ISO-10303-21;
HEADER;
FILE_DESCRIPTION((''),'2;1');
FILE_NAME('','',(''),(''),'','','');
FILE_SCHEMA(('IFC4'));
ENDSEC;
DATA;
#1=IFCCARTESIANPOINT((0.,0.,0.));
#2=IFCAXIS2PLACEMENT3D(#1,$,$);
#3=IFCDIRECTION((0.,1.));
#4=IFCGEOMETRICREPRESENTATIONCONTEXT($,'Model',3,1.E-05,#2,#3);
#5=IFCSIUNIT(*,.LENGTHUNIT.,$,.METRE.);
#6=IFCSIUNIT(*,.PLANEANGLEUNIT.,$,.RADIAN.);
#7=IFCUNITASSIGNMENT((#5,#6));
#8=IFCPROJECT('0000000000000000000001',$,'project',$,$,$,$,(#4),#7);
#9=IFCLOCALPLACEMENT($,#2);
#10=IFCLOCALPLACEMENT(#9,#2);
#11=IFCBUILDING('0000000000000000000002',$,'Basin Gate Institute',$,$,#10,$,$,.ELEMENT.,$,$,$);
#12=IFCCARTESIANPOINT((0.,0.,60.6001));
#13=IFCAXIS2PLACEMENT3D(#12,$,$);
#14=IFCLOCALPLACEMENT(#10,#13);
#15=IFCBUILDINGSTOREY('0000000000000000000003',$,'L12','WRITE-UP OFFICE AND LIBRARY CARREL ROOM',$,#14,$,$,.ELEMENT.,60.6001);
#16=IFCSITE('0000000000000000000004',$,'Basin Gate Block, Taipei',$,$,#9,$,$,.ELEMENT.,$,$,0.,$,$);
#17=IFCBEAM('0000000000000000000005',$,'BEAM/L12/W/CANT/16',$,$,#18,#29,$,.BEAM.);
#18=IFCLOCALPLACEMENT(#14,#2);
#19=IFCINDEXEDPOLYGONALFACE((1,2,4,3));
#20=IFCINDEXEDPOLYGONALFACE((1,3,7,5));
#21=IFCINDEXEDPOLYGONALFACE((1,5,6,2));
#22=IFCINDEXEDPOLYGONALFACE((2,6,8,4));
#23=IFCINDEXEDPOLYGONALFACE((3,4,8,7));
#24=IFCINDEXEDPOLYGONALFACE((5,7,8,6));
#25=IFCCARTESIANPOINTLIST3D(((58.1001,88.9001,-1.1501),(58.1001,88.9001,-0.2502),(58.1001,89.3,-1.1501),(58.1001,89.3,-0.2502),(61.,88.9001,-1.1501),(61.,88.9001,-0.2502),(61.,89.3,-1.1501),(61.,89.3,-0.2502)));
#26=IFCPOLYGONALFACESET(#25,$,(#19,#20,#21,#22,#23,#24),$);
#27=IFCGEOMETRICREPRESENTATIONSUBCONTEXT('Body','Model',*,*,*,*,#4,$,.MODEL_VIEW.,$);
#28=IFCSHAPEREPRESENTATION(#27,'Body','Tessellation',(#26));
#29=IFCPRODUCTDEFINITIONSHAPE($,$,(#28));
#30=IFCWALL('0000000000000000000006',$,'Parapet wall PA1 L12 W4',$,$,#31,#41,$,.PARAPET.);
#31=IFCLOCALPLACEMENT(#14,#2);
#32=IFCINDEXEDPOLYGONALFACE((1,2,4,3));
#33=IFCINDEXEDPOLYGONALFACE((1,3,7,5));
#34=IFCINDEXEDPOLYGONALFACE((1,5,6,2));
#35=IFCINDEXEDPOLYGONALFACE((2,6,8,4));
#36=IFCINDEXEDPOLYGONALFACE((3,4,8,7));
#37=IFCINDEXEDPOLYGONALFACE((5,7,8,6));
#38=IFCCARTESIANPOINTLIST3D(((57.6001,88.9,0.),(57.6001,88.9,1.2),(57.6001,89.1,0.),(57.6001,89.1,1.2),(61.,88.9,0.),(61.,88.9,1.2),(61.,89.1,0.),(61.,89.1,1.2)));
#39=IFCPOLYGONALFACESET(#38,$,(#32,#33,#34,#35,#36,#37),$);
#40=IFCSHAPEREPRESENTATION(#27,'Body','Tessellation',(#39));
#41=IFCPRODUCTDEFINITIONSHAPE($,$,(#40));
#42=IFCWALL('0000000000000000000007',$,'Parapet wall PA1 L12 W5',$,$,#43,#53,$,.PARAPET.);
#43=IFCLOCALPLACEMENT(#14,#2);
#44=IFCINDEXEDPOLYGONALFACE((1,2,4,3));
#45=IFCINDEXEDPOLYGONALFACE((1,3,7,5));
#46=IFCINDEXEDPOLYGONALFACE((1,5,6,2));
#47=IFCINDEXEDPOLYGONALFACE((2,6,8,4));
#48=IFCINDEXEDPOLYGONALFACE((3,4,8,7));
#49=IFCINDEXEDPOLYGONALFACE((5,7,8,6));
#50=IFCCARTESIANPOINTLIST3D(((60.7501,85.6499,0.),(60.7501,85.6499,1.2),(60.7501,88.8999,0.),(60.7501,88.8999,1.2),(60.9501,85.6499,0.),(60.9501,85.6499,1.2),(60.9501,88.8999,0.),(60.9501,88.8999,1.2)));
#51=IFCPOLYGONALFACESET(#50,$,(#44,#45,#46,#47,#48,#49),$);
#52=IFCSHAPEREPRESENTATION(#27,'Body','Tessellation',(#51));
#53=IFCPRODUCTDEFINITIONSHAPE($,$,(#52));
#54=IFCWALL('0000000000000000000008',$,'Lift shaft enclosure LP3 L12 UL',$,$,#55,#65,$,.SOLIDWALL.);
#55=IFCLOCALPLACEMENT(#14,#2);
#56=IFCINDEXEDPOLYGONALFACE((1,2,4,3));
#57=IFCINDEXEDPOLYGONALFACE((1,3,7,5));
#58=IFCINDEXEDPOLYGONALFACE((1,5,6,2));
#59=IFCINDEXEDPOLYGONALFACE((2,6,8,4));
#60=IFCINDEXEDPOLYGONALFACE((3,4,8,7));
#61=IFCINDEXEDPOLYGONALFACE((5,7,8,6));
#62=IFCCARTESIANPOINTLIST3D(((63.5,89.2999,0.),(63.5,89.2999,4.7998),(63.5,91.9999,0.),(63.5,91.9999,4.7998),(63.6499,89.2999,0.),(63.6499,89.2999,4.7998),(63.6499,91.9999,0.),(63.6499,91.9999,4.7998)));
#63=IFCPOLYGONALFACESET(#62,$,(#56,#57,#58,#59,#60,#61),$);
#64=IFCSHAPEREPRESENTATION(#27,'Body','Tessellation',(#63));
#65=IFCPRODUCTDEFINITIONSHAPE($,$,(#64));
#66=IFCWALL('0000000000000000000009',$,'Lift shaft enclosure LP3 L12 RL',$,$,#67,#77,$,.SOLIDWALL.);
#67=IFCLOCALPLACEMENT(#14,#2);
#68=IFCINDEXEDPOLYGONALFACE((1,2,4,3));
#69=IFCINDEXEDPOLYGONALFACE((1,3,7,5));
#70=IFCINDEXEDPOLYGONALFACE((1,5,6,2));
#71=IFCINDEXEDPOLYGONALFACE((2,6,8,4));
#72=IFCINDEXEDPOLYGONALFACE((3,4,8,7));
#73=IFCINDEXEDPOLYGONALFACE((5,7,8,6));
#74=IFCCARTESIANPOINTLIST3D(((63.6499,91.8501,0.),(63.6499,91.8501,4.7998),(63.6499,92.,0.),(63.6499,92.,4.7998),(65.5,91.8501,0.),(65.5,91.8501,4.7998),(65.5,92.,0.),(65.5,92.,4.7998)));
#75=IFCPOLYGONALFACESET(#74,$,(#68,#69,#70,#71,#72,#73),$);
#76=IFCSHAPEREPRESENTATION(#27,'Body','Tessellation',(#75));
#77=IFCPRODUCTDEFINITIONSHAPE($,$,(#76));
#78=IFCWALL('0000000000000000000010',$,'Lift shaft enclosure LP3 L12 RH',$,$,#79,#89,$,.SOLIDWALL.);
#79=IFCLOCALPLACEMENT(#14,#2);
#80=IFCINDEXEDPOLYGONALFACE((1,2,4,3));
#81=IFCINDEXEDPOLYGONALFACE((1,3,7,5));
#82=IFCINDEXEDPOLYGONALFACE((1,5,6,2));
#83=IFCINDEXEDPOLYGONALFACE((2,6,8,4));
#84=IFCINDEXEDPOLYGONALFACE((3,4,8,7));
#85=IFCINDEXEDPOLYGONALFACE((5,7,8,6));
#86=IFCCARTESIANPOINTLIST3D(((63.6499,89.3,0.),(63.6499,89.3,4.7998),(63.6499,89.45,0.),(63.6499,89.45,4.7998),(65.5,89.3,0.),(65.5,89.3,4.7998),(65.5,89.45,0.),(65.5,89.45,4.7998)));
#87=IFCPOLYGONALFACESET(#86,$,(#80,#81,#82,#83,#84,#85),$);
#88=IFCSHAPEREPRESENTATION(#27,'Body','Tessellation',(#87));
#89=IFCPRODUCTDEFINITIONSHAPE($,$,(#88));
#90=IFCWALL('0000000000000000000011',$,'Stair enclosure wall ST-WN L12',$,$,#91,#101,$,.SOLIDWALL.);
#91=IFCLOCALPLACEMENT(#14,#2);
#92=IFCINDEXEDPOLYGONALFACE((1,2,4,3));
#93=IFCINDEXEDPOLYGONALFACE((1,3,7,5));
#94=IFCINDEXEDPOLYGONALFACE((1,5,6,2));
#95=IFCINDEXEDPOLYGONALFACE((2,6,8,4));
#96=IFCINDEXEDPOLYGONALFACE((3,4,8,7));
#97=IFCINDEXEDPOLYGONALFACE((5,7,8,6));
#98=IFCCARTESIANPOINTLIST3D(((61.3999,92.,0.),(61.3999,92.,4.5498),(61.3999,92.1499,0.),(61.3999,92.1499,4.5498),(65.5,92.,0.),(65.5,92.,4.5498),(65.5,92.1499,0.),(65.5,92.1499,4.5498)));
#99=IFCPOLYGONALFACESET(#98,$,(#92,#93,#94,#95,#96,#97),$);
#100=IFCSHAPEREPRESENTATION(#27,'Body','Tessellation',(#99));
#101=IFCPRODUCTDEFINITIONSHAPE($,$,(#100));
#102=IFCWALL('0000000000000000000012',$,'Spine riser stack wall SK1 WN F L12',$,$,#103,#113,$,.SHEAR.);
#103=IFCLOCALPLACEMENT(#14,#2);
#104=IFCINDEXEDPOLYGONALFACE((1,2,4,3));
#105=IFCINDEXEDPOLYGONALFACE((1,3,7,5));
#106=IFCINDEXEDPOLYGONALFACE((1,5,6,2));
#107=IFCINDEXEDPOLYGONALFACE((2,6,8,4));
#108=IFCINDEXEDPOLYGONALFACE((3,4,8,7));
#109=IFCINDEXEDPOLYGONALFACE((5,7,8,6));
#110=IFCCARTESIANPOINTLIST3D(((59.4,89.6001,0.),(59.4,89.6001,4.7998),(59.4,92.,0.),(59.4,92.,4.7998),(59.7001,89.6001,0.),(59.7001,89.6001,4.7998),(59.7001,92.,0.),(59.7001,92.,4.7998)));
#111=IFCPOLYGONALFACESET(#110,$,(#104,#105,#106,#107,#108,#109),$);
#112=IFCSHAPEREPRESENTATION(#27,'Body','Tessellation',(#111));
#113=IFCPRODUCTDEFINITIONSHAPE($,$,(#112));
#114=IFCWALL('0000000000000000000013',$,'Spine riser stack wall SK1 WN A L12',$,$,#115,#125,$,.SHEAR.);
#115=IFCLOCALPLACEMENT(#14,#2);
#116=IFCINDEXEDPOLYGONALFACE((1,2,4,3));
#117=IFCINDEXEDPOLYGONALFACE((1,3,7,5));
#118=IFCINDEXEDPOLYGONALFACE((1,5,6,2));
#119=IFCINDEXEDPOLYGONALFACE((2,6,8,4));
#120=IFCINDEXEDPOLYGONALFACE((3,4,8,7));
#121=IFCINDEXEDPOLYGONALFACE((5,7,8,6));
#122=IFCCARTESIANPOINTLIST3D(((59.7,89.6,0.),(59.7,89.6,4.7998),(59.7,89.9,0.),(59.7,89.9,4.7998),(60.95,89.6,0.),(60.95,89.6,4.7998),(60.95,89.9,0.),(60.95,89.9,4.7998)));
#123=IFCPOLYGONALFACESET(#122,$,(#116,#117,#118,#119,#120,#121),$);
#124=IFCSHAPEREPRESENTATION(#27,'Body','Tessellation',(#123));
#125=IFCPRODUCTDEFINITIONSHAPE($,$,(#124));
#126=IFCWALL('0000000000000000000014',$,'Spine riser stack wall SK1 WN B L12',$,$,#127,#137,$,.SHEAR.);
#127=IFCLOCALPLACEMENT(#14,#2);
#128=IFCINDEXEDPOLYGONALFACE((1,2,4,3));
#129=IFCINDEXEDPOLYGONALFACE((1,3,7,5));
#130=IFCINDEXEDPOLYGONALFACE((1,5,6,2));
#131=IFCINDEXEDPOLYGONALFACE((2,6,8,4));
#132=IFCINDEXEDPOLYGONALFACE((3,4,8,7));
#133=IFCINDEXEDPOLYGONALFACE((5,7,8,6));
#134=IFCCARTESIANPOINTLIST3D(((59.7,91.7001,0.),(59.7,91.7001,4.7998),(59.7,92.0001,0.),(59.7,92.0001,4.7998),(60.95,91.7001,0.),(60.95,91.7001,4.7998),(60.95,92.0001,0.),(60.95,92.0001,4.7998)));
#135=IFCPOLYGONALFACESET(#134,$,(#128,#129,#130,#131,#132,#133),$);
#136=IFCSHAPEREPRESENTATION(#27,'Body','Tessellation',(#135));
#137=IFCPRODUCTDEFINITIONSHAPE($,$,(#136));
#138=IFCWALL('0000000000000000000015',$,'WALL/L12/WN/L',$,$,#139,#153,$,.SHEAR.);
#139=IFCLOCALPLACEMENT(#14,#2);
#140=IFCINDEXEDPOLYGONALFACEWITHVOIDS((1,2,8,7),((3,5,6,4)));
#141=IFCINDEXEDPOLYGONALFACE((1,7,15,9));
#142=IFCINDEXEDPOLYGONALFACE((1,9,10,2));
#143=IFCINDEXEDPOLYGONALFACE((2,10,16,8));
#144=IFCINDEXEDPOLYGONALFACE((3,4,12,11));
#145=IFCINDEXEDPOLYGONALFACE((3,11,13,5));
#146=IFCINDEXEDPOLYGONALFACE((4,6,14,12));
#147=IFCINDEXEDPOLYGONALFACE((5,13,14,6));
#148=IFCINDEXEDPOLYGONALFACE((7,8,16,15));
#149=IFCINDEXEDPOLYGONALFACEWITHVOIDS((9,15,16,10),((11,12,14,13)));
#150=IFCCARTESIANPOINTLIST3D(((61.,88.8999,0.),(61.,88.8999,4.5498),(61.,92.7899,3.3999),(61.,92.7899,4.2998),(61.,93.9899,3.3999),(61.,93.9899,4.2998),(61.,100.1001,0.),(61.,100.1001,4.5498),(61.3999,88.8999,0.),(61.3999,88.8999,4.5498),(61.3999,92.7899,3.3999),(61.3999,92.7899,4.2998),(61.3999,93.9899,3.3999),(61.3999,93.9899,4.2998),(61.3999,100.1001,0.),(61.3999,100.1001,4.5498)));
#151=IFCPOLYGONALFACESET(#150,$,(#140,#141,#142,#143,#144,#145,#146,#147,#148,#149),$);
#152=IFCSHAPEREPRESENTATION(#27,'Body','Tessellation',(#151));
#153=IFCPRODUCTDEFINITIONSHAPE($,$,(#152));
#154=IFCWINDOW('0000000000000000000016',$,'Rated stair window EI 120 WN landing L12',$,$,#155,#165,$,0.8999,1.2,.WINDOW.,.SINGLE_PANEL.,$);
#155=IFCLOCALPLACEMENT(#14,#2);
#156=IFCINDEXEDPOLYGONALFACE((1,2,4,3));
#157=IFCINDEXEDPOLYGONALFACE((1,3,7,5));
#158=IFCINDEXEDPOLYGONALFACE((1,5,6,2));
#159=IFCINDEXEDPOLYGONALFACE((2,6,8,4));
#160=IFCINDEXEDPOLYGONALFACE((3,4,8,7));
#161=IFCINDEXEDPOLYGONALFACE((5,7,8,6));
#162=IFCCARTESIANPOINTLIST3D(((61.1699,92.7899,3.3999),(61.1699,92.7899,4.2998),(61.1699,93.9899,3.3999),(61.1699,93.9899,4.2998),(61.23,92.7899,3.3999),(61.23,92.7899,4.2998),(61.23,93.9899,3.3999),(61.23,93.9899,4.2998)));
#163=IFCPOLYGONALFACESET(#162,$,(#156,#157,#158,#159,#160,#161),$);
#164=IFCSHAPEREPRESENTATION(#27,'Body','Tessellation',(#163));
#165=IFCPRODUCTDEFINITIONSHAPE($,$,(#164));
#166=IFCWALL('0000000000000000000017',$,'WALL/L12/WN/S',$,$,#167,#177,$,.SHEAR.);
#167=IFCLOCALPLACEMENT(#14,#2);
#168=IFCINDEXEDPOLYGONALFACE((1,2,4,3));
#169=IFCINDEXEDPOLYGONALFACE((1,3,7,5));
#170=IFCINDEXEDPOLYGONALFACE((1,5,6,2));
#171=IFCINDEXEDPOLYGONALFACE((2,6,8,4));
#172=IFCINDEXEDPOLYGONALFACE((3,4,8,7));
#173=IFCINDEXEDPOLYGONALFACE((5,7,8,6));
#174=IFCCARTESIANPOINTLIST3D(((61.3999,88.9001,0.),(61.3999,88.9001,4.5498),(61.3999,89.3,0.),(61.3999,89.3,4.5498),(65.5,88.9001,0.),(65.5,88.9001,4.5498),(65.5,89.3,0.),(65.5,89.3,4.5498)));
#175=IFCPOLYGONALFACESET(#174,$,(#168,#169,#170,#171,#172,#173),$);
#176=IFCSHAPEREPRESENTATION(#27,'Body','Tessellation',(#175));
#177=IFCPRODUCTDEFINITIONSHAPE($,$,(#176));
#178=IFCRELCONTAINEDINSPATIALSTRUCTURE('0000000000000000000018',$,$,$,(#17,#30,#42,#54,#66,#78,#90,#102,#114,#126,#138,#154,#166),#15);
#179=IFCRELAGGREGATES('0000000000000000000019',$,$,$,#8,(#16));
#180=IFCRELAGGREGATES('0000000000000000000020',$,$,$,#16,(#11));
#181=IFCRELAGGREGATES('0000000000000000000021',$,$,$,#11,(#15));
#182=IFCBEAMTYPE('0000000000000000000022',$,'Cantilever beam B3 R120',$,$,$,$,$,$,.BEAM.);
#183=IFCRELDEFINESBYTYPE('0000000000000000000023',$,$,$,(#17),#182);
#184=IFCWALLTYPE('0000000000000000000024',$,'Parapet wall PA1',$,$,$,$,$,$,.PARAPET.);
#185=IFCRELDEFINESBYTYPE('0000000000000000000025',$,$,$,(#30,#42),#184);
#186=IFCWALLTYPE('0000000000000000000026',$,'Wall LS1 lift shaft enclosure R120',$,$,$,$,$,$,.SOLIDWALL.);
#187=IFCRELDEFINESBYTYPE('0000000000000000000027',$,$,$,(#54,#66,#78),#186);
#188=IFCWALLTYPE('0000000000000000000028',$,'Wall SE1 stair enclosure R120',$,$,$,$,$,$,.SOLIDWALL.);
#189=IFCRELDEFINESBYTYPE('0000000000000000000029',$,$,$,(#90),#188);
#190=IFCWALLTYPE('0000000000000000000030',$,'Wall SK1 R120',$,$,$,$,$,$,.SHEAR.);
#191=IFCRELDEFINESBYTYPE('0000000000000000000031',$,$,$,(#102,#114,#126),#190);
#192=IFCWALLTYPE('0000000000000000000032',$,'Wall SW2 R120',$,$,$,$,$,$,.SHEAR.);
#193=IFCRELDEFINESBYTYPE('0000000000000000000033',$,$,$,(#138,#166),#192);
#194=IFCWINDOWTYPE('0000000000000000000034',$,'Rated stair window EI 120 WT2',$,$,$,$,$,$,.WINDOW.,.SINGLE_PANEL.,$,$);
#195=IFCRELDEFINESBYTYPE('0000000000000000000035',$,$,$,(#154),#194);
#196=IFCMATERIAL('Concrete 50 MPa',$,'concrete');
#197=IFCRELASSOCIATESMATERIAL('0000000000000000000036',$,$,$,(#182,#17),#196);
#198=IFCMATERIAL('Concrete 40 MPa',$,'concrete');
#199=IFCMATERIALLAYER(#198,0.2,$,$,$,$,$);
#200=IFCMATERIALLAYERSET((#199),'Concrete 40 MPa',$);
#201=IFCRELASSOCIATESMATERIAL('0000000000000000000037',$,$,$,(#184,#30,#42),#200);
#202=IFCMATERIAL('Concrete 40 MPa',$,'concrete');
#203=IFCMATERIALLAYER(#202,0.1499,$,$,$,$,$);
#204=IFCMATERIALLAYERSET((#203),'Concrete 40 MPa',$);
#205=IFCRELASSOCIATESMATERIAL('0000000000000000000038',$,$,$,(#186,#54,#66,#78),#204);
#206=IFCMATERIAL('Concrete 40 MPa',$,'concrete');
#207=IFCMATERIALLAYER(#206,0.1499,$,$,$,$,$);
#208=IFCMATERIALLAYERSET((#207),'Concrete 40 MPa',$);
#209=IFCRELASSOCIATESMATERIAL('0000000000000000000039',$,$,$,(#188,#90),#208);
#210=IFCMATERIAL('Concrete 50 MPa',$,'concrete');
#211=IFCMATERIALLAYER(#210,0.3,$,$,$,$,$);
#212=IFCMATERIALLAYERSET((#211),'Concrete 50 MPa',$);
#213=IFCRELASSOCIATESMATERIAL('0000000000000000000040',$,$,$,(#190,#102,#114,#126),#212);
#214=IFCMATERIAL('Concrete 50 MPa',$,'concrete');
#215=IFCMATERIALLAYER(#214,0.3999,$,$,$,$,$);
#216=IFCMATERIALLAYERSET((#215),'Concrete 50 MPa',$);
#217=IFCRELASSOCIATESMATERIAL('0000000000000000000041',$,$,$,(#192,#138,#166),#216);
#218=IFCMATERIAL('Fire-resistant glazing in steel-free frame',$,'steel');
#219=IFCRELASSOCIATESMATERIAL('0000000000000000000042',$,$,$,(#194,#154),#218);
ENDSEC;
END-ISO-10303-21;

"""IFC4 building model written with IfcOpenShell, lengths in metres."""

from ifc_helpers import new_model, si_unit, direction, frame, frame_2d, origin, origin_2d, place, context, subcontext, project, spatial, rectangle, extrude, material, layer, layer_set, material_profile, profile_set, type_object, element, fill, save


model = new_model("IFC4")

# Units and contexts
model_context = context("Model", 3, precision=1e-05, world=origin(), true_north=direction((0.0, 1.0)))
body_context = subcontext(model_context, "Body", "Model", "MODEL_VIEW")
ifc_project = project(units=[si_unit("LENGTHUNIT", "METRE"), si_unit("PLANEANGLEUNIT", "RADIAN")], contexts=[model_context])

# Site, building, storey
site_placement = place(None, origin())
site = spatial("IfcSite", under=ifc_project, at=site_placement, Name="Basin Gate Block, Taipei", CompositionType="ELEMENT", RefElevation=0.0)
building_placement = place(site_placement, origin())
building = spatial("IfcBuilding", under=site, at=building_placement, Name="Basin Gate Institute", CompositionType="ELEMENT")
storey_placement = place(building_placement, frame((0.0, 0.0, 60.6001)))
storey = spatial("IfcBuildingStorey", under=building, at=storey_placement, Name="L12", Description="WRITE-UP OFFICE AND LIBRARY CARREL ROOM", CompositionType="ELEMENT", Elevation=60.6001)

# Beam
ifc_material_1 = material(Name="Concrete 50 MPa", Category="concrete")
ifc_material_profile = material_profile(ifc_material_1, rectangle(XDim=0.3999, YDim=0.8999, at=origin_2d()), Name="Cantilever beam B3 400 x 900")
ifc_profile_set = profile_set([ifc_material_profile], Name="Concrete 50 MPa")
beam_type = type_object("IfcBeamType", Name="Cantilever beam B3 R120", PredefinedType="BEAM", material=ifc_profile_set)
beam_placement = place(storey_placement, frame((58.1001, 89.1001, -0.7002), z_axis=(1.0, 0.0, 0.0), x_axis=(0.0, 1.0, 0.0)))
element("IfcBeam", 1, at=beam_placement, inside=storey, type_object=beam_type, material=ifc_profile_set, Name="BEAM/L12/W/CANT/16", PredefinedType="BEAM", context=body_context, shape_type="SweptSolid", body=[
    extrude(rectangle(XDim=0.3999, YDim=0.8999, at=origin_2d()), origin(), (0.0, 0.0, 1.0), 2.8999),
])

# Walls
ifc_material_2 = material(Name="Concrete 40 MPa", Category="concrete")
ifc_layer_1 = layer(ifc_material_2, 0.2)
ifc_layer_set_1 = layer_set([ifc_layer_1], Name="Concrete 40 MPa")
wall_type_1 = type_object("IfcWallType", Name="Parapet wall PA1", PredefinedType="PARAPET", material=ifc_layer_set_1)
wall_1_placement = place(storey_placement, frame((57.6001, 89.0, 0.0), z_axis=(0.0, 0.0, 1.0), x_axis=(1.0, 0.0, 0.0)))
element("IfcWall", 2, at=wall_1_placement, inside=storey, type_object=wall_type_1, material=ifc_layer_set_1, Name="Parapet wall PA1 L12 W4", PredefinedType="PARAPET", context=body_context, shape_type="SweptSolid", body=[
    extrude(rectangle(XDim=3.3999, YDim=0.2, at=frame_2d((1.7, 0.0))), origin(), (0.0, 0.0, 1.0), 1.2),
])
wall_2_placement = place(storey_placement, frame((60.8501, 88.8999, 0.0), z_axis=(0.0, 0.0, 1.0), x_axis=(0.0, -1.0, 0.0)))
element("IfcWall", 3, at=wall_2_placement, inside=storey, type_object=wall_type_1, material=ifc_layer_set_1, Name="Parapet wall PA1 L12 W5", PredefinedType="PARAPET", context=body_context, shape_type="SweptSolid", body=[
    extrude(rectangle(XDim=3.25, YDim=0.2, at=frame_2d((1.625, 0.0))), origin(), (0.0, 0.0, 1.0), 1.2),
])
ifc_material_3 = material(Name="Concrete 40 MPa", Category="concrete")
ifc_layer_2 = layer(ifc_material_3, 0.1499)
ifc_layer_set_2 = layer_set([ifc_layer_2], Name="Concrete 40 MPa")
wall_type_2 = type_object("IfcWallType", Name="Wall LS1 lift shaft enclosure R120", PredefinedType="SOLIDWALL", material=ifc_layer_set_2)
wall_3_placement = place(storey_placement, frame((63.575, 92.0, 0.0), z_axis=(0.0, 0.0, 1.0), x_axis=(0.0, -1.0, 0.0)))
element("IfcWall", 4, at=wall_3_placement, inside=storey, type_object=wall_type_2, material=ifc_layer_set_2, Name="Lift shaft enclosure LP3 L12 UL", PredefinedType="SOLIDWALL", context=body_context, shape_type="SweptSolid", body=[
    extrude(rectangle(XDim=2.7, YDim=0.1499, at=frame_2d((1.3501, 0.0))), origin(), (0.0, 0.0, 1.0), 4.7998),
])
for number, where, z_axis, x_axis, name in (
    (5, (63.6499, 91.925, 0.0), (0.0, 0.0, 1.0), (1.0, 0.0, 0.0), "Lift shaft enclosure LP3 L12 RL"),
    (6, (63.6499, 89.375, 0.0), (0.0, 0.0, 1.0), (1.0, 0.0, 0.0), "Lift shaft enclosure LP3 L12 RH"),
):
    element("IfcWall", number, at=place(storey_placement, frame(where, z_axis=z_axis, x_axis=x_axis)), inside=storey, type_object=wall_type_2, material=ifc_layer_set_2, Name=name, PredefinedType="SOLIDWALL", context=body_context, shape_type="SweptSolid", body=[
        extrude(rectangle(XDim=1.8501, YDim=0.1499, at=frame_2d((0.925, 0.0))), origin(), (0.0, 0.0, 1.0), 4.7998),
    ])
ifc_material_4 = material(Name="Concrete 40 MPa", Category="concrete")
ifc_layer_3 = layer(ifc_material_4, 0.1499)
ifc_layer_set_3 = layer_set([ifc_layer_3], Name="Concrete 40 MPa")
wall_type_3 = type_object("IfcWallType", Name="Wall SE1 stair enclosure R120", PredefinedType="SOLIDWALL", material=ifc_layer_set_3)
wall_4_placement = place(storey_placement, frame((61.3999, 92.075, 0.0), z_axis=(0.0, 0.0, 1.0), x_axis=(1.0, 0.0, 0.0)))
element("IfcWall", 7, at=wall_4_placement, inside=storey, type_object=wall_type_3, material=ifc_layer_set_3, Name="Stair enclosure wall ST-WN L12", PredefinedType="SOLIDWALL", context=body_context, shape_type="SweptSolid", body=[
    extrude(rectangle(XDim=4.1001, YDim=0.1499, at=frame_2d((2.05, 0.0))), origin(), (0.0, 0.0, 1.0), 4.5498),
])
ifc_material_5 = material(Name="Concrete 50 MPa", Category="concrete")
ifc_layer_4 = layer(ifc_material_5, 0.3)
ifc_layer_set_4 = layer_set([ifc_layer_4], Name="Concrete 50 MPa")
wall_type_4 = type_object("IfcWallType", Name="Wall SK1 R120", PredefinedType="SHEAR", material=ifc_layer_set_4)
wall_5_placement = place(storey_placement, frame((59.55, 89.6001, 0.0), z_axis=(0.0, 0.0, 1.0), x_axis=(0.0, 1.0, 0.0)))
element("IfcWall", 8, at=wall_5_placement, inside=storey, type_object=wall_type_4, material=ifc_layer_set_4, Name="Spine riser stack wall SK1 WN F L12", PredefinedType="SHEAR", context=body_context, shape_type="SweptSolid", body=[
    extrude(rectangle(XDim=2.3999, YDim=0.3, at=frame_2d((1.2, 0.0))), origin(), (0.0, 0.0, 1.0), 4.7998),
])
for number, where, z_axis, x_axis, name in (
    (9, (60.95, 89.75, 0.0), (0.0, 0.0, 1.0), (-1.0, 0.0, 0.0), "Spine riser stack wall SK1 WN A L12"),
    (10, (60.95, 91.8501, 0.0), (0.0, 0.0, 1.0), (-1.0, 0.0, 0.0), "Spine riser stack wall SK1 WN B L12"),
):
    element("IfcWall", number, at=place(storey_placement, frame(where, z_axis=z_axis, x_axis=x_axis)), inside=storey, type_object=wall_type_4, material=ifc_layer_set_4, Name=name, PredefinedType="SHEAR", context=body_context, shape_type="SweptSolid", body=[
        extrude(rectangle(XDim=1.25, YDim=0.3, at=frame_2d((0.625, 0.0))), origin(), (0.0, 0.0, 1.0), 4.7998),
    ])

# Wall, opening, window
ifc_material_6 = material(Name="Concrete 50 MPa", Category="concrete")
ifc_layer_5 = layer(ifc_material_6, 0.3999)
ifc_layer_set_5 = layer_set([ifc_layer_5], Name="Concrete 50 MPa")
wall_type_5 = type_object("IfcWallType", Name="Wall SW2 R120", PredefinedType="SHEAR", material=ifc_layer_set_5)
wall_6_placement = place(storey_placement, frame((61.2, 88.8999, 0.0), z_axis=(0.0, 0.0, 1.0), x_axis=(0.0, 1.0, 0.0)))
wall_6 = element("IfcWall", 11, at=wall_6_placement, inside=storey, type_object=wall_type_5, material=ifc_layer_set_5, Name="WALL/L12/WN/L", PredefinedType="SHEAR", context=body_context, shape_type="SweptSolid", body=[
    extrude(rectangle(XDim=11.2002, YDim=0.3999, at=frame_2d((5.6001, 0.0))), origin(), (0.0, 0.0, 1.0), 4.5498),
])
opening_1_placement = place(wall_6_placement, frame((3.8899, 0.0, 3.3999)))
opening_1 = element("IfcOpeningElement", 12, at=opening_1_placement, cuts=wall_6, PredefinedType="OPENING", context=body_context, shape_type="SweptSolid", body=[
    extrude(rectangle(XDim=1.2, YDim=0.8999, at=frame_2d((0.6001, 0.45))), frame((0.0, 0.21, 0.0), z_axis=(0.0, -1.0, 0.0), x_axis=(1.0, 0.0, 0.0)), (0.0, 0.0, 1.0), 0.4199),
])
ifc_material_7 = material(Name="Fire-resistant glazing in steel-free frame", Category="steel")
window_type = type_object("IfcWindowType", Name="Rated stair window EI 120 WT2", PartitioningType="SINGLE_PANEL", PredefinedType="WINDOW", material=ifc_material_7)
window_1_placement = place(opening_1_placement, origin())
window_1 = element("IfcWindow", 13, at=window_1_placement, inside=storey, type_object=window_type, material=ifc_material_7, Name="Rated stair window EI 120 WN landing L12", OverallHeight=0.8999, OverallWidth=1.2, PartitioningType="SINGLE_PANEL", PredefinedType="WINDOW", context=body_context, shape_type="SweptSolid", body=[
    extrude(rectangle(XDim=1.2, YDim=0.8999, at=frame_2d((0.6001, 0.45))), frame((0.0, 0.03, 0.0), z_axis=(0.0, -1.0, 0.0), x_axis=(1.0, 0.0, 0.0)), (0.0, 0.0, 1.0), 0.0601),
])
fill(opening_1, window_1)

# Wall
wall_7_placement = place(storey_placement, frame((61.3999, 89.1001, 0.0), z_axis=(0.0, 0.0, 1.0), x_axis=(1.0, 0.0, 0.0)))
element("IfcWall", 14, at=wall_7_placement, inside=storey, type_object=wall_type_5, material=ifc_layer_set_5, Name="WALL/L12/WN/S", PredefinedType="SHEAR", context=body_context, shape_type="SweptSolid", body=[
    extrude(rectangle(XDim=4.1001, YDim=0.3999, at=frame_2d((2.05, 0.0))), origin(), (0.0, 0.0, 1.0), 4.5498),
])

save(model, "model.ifc")
